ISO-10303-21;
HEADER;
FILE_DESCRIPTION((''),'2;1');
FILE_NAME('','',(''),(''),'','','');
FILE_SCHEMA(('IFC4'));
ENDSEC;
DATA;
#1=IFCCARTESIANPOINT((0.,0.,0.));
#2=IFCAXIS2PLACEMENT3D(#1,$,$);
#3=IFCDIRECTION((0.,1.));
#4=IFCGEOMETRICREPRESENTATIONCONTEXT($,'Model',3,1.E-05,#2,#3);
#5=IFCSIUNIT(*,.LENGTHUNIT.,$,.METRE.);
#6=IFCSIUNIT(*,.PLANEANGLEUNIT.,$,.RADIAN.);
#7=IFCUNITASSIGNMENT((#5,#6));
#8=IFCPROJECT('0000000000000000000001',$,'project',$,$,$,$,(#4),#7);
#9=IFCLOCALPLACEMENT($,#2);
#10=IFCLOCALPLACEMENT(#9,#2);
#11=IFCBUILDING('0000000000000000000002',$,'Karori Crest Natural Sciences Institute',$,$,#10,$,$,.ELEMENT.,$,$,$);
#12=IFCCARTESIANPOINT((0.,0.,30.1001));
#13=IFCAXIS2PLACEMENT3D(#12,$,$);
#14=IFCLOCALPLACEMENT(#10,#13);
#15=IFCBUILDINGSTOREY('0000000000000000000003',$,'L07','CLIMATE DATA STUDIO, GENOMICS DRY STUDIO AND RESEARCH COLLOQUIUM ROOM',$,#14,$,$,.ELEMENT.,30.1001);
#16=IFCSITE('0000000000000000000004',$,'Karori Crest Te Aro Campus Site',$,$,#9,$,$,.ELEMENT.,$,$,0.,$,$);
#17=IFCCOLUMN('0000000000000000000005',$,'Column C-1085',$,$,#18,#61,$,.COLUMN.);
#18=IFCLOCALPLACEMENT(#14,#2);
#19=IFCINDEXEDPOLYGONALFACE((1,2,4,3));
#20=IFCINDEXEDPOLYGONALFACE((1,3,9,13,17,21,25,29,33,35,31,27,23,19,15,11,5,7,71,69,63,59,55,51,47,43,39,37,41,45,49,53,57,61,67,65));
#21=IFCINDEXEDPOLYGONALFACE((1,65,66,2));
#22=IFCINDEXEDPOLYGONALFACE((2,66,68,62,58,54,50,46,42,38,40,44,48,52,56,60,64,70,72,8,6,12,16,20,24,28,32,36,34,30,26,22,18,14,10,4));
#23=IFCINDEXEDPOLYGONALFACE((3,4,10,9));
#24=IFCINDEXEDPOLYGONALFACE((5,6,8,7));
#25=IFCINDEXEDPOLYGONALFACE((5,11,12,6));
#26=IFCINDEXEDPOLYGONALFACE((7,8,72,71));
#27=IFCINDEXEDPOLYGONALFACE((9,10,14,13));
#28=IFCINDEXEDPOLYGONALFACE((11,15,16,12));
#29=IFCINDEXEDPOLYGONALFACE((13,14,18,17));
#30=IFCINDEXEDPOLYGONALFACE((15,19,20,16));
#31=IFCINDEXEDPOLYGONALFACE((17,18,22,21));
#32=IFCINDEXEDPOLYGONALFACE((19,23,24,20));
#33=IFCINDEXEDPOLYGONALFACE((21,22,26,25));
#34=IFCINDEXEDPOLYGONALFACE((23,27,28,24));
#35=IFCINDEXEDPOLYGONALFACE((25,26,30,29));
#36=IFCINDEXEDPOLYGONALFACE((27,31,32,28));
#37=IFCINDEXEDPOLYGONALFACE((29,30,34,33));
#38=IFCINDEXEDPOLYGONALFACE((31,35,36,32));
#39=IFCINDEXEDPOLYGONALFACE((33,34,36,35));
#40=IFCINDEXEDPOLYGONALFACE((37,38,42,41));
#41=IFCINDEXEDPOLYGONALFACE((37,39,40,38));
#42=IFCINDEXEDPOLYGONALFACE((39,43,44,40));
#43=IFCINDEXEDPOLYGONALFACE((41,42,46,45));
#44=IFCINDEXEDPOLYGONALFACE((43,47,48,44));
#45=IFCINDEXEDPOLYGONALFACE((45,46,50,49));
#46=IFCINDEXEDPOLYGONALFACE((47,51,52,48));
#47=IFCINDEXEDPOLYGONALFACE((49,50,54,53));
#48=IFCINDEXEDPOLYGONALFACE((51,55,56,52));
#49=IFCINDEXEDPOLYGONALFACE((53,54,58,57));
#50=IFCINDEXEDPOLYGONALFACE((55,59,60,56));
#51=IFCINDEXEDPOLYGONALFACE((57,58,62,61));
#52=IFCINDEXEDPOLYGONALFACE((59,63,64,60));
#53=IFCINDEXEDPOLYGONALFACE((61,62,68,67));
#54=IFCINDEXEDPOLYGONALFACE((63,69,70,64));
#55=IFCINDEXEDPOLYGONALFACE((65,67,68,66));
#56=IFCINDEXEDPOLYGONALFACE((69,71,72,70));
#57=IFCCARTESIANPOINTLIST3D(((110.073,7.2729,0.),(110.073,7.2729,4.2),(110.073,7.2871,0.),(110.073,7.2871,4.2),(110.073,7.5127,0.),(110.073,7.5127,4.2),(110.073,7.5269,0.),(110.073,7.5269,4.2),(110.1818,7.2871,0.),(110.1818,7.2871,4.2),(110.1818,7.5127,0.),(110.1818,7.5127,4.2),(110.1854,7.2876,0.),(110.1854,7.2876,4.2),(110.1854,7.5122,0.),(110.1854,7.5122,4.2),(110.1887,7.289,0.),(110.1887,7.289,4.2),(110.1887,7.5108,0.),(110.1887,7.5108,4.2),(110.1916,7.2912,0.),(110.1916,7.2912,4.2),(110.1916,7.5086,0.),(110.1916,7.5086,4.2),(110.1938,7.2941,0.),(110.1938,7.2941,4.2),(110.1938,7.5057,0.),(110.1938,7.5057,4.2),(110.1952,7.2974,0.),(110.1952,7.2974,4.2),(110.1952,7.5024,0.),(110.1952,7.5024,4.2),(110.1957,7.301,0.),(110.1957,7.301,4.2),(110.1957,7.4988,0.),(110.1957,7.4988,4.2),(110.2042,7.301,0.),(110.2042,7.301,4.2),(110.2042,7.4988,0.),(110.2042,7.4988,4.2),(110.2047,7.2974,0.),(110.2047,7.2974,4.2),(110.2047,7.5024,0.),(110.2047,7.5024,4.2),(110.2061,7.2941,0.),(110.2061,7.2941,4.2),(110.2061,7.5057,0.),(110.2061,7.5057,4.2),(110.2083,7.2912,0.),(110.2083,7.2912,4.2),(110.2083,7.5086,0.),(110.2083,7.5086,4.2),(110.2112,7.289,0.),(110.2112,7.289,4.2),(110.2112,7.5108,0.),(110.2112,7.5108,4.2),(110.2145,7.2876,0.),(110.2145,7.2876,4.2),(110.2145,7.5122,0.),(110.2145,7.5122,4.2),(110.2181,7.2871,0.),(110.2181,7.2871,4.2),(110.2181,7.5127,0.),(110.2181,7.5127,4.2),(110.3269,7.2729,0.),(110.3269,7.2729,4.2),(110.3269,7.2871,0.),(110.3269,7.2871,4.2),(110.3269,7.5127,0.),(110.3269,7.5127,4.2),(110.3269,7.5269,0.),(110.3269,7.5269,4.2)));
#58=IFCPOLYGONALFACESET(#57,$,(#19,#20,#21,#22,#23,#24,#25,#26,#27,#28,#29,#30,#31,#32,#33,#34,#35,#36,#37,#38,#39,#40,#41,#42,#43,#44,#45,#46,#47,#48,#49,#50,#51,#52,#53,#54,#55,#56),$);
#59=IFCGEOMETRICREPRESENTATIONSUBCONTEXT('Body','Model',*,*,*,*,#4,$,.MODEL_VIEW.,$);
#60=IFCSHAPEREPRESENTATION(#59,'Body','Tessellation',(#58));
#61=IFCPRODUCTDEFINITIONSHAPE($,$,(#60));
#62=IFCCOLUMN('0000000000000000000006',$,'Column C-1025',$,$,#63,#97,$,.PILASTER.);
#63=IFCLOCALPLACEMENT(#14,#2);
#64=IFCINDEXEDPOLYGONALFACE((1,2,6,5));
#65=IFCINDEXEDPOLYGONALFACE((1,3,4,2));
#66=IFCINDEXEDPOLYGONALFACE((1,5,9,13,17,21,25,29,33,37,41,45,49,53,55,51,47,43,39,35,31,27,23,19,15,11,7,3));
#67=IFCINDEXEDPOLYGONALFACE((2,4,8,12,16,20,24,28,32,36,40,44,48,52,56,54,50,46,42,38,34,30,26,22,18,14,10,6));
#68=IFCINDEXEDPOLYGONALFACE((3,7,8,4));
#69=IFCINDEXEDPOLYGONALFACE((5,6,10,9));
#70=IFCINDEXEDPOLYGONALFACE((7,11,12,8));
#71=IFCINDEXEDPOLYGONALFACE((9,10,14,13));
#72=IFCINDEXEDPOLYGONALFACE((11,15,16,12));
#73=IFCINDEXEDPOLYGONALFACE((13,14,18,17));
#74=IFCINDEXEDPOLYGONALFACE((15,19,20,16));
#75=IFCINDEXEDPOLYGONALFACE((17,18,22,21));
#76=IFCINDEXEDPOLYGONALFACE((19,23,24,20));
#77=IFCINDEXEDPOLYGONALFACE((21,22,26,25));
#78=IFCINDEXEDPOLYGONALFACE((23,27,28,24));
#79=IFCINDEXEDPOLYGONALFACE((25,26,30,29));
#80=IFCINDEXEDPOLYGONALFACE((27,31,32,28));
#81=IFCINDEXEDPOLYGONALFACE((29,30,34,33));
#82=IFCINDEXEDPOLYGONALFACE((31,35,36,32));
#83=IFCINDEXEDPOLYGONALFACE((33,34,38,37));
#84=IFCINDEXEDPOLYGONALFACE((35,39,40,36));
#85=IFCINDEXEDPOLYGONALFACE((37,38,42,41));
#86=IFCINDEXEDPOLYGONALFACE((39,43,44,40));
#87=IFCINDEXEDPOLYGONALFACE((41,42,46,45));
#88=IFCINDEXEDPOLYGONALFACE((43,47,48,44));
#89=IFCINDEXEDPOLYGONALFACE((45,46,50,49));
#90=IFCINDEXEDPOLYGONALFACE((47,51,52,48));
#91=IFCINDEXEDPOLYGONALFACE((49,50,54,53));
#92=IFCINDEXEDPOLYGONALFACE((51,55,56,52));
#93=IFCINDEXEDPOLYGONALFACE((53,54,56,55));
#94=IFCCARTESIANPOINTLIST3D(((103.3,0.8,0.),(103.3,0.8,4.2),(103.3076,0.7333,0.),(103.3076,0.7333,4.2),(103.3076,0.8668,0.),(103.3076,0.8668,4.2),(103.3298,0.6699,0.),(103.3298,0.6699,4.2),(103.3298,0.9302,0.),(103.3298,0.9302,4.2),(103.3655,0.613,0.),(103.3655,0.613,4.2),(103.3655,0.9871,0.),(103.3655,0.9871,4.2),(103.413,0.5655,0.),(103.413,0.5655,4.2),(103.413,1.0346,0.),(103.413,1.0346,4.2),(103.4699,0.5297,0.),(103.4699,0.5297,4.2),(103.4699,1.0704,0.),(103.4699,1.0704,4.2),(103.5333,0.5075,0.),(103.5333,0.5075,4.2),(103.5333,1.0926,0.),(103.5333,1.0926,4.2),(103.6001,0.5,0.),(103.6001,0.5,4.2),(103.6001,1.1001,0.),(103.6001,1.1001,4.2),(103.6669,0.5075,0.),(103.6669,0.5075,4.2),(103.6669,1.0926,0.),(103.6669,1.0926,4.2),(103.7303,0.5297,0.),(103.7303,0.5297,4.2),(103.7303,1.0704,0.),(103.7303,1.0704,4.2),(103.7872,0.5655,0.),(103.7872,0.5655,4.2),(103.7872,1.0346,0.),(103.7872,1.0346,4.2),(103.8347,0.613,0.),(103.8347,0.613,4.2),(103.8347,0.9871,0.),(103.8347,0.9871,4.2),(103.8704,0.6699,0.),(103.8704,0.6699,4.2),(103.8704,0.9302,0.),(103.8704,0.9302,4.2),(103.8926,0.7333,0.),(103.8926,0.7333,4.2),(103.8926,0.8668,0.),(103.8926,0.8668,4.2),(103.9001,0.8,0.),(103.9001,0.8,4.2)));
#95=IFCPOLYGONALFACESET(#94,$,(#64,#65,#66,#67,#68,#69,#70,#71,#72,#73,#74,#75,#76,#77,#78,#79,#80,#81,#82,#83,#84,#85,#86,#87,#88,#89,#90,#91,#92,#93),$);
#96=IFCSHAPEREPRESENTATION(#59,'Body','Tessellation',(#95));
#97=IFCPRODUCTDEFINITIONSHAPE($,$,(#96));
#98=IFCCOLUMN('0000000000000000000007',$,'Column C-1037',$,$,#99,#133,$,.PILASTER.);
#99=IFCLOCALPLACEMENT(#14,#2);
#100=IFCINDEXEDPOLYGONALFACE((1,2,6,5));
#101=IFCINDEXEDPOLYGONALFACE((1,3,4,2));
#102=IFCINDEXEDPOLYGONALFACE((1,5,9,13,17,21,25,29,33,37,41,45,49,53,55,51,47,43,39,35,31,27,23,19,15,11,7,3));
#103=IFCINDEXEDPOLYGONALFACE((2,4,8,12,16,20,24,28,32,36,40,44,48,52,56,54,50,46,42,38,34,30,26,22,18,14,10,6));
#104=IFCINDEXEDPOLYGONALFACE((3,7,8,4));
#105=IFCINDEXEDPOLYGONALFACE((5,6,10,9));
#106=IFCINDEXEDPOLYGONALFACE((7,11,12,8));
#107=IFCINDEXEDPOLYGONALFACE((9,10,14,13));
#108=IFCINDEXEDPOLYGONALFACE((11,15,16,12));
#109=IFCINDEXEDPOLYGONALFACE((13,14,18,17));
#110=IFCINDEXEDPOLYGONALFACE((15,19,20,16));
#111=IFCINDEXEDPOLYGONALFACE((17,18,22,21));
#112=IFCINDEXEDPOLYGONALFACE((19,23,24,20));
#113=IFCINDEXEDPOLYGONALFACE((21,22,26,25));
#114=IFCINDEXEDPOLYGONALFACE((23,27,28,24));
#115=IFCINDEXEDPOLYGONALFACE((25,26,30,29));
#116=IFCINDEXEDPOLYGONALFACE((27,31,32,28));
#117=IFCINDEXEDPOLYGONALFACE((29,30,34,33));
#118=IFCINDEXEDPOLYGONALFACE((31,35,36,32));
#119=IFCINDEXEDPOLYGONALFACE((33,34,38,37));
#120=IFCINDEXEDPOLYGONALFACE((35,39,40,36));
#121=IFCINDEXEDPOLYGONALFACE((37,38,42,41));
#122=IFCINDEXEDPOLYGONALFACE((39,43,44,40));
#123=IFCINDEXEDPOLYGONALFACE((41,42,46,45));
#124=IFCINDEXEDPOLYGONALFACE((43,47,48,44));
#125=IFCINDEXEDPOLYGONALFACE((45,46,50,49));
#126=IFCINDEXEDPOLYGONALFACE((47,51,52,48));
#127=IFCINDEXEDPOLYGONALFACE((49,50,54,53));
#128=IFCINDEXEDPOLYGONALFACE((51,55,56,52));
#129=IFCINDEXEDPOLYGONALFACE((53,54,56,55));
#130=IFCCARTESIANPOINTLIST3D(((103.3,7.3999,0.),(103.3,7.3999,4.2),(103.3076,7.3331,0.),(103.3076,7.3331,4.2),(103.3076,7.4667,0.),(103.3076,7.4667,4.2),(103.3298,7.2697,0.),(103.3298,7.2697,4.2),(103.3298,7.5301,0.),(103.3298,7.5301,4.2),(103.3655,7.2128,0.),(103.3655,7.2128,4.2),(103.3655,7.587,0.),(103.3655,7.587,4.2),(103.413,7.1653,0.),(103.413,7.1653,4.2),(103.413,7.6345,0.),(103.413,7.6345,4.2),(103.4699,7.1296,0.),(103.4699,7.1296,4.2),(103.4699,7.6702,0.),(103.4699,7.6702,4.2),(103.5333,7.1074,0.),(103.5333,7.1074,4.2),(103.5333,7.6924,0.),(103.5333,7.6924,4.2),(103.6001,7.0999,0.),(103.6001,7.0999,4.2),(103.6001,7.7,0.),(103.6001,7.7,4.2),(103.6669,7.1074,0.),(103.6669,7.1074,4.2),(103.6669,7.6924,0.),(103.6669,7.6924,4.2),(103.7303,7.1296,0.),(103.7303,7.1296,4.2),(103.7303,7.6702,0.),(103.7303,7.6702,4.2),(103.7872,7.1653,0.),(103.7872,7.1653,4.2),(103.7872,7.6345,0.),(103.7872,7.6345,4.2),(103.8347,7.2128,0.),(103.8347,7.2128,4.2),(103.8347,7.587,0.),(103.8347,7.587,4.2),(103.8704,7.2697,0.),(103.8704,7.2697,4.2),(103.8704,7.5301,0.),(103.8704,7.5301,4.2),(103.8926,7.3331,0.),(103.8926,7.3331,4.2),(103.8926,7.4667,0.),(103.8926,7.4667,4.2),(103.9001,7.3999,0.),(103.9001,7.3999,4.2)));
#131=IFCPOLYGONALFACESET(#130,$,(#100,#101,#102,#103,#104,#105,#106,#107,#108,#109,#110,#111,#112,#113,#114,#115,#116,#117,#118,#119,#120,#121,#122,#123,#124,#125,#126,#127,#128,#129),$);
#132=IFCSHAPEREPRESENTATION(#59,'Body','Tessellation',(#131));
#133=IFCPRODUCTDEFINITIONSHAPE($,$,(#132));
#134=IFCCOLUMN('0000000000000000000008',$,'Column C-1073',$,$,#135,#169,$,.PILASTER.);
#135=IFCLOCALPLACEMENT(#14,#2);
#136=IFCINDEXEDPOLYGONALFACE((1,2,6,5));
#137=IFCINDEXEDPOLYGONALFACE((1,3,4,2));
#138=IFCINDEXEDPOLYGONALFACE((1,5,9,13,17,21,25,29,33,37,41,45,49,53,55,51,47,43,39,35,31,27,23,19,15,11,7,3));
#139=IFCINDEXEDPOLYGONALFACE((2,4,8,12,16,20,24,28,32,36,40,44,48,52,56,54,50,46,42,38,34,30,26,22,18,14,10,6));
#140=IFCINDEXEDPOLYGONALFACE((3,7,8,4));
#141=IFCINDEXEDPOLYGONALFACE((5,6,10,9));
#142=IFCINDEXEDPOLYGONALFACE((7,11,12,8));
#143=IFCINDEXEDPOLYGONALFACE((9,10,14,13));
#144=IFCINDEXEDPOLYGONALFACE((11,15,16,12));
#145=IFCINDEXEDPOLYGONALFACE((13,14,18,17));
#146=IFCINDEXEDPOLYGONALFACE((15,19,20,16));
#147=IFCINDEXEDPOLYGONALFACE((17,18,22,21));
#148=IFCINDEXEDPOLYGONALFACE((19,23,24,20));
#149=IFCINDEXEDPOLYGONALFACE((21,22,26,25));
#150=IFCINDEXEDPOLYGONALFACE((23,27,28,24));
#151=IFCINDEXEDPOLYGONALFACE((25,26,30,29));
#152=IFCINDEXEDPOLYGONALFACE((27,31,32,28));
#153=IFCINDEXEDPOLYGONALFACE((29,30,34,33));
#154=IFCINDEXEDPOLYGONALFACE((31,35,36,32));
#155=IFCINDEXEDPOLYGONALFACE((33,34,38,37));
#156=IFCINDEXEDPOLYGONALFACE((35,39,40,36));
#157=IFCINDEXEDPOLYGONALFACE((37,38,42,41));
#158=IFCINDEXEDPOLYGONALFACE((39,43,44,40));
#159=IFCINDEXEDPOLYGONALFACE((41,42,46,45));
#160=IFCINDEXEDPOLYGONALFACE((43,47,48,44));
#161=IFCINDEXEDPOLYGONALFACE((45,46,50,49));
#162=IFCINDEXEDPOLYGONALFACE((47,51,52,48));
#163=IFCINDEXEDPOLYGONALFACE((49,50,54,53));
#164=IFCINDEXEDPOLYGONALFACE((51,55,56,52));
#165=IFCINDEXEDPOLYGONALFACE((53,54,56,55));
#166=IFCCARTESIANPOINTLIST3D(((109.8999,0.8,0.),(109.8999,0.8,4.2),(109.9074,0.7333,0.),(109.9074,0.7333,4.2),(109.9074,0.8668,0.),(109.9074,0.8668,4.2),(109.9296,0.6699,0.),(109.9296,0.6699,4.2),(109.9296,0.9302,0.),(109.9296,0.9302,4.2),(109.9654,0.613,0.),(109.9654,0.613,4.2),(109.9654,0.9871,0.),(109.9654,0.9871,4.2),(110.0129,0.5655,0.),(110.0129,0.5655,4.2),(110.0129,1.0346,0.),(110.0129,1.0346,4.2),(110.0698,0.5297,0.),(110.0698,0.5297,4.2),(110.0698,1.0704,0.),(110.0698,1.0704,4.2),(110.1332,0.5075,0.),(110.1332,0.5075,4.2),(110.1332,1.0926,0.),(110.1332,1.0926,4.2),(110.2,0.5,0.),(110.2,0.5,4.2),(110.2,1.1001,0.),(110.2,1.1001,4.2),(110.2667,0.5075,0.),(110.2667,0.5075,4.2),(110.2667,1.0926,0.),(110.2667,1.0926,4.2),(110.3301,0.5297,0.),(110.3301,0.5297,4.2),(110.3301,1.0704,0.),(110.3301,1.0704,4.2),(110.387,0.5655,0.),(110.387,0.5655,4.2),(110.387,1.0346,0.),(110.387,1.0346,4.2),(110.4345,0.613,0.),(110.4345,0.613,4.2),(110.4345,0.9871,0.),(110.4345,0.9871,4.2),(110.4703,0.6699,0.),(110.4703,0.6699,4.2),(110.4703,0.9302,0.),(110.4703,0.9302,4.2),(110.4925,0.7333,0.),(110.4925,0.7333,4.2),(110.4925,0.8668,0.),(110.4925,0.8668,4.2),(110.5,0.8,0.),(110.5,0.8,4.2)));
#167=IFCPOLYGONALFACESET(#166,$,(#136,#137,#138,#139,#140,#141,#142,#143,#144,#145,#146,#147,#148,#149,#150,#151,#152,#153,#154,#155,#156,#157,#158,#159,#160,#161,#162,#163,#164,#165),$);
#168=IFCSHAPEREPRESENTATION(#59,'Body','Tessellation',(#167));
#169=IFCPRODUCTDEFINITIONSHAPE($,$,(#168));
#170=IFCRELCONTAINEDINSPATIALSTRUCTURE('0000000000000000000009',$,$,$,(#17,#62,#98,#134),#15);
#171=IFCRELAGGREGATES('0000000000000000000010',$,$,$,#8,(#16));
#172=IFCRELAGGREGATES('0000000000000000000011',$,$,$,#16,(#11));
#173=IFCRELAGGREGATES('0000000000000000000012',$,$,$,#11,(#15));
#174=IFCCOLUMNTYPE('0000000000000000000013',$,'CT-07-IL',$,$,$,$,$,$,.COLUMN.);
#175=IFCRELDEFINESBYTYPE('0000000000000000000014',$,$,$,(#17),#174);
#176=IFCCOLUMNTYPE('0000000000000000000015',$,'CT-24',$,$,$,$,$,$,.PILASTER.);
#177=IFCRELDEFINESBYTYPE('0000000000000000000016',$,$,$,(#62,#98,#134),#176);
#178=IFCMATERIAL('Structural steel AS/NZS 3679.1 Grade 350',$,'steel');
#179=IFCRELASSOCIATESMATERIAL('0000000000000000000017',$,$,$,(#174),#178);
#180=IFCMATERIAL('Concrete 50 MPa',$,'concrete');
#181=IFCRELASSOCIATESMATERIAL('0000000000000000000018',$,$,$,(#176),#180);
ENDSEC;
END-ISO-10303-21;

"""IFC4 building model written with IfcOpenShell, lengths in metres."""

from ifc_helpers import new_model, si_unit, direction, frame, origin, origin_2d, place, context, subcontext, project, spatial, circle, i_section, extrude, material, material_profile, profile_set, type_object, element, save


model = new_model("IFC4")

# Units and contexts
model_context = context("Model", 3, precision=1e-05, world=origin(), true_north=direction((0.0, 1.0)))
body_context = subcontext(model_context, "Body", "Model", "MODEL_VIEW")
ifc_project = project(units=[si_unit("LENGTHUNIT", "METRE"), si_unit("PLANEANGLEUNIT", "RADIAN")], contexts=[model_context])

# Site, building, storey
site_placement = place(None, origin())
site = spatial("IfcSite", under=ifc_project, at=site_placement, Name="Karori Crest Te Aro Campus Site", CompositionType="ELEMENT", RefElevation=0.0)
building_placement = place(site_placement, origin())
building = spatial("IfcBuilding", under=site, at=building_placement, Name="Karori Crest Natural Sciences Institute", CompositionType="ELEMENT")
storey_placement = place(building_placement, frame((0.0, 0.0, 30.1001)))
storey = spatial("IfcBuildingStorey", under=building, at=storey_placement, Name="L07", Description="CLIMATE DATA STUDIO, GENOMICS DRY STUDIO AND RESEARCH COLLOQUIUM ROOM", CompositionType="ELEMENT", Elevation=30.1001)

# Columns
ifc_material_1 = material(Name="Structural steel AS/NZS 3679.1 Grade 350", Category="steel")
ifc_material_profile_1 = material_profile(ifc_material_1, i_section(OverallWidth=0.2539, OverallDepth=0.2539, WebThickness=0.0085, FlangeThickness=0.0142, FilletRadius=0.0139, at=origin_2d()), Name="250UC72.9")
ifc_profile_set_1 = profile_set([ifc_material_profile_1], Name="Structural steel AS/NZS 3679.1 Grade 350")
column_type_1 = type_object("IfcColumnType", Name="CT-07-IL", PredefinedType="COLUMN", material=ifc_profile_set_1)
column_placement = place(storey_placement, frame((110.2, 7.3999, 0.0), z_axis=(0.0, 0.0, 1.0), x_axis=(1.0, 0.0, 0.0)))
element("IfcColumn", 1, at=column_placement, inside=storey, type_object=column_type_1, Name="Column C-1085", PredefinedType="COLUMN", context=body_context, shape_type="SweptSolid", body=[
    extrude(i_section(OverallWidth=0.2539, OverallDepth=0.2539, WebThickness=0.0085, FlangeThickness=0.0142, FilletRadius=0.0139, at=origin_2d()), origin(), (0.0, 0.0, 1.0), 4.2),
])
ifc_material_2 = material(Name="Concrete 50 MPa", Category="concrete")
ifc_material_profile_2 = material_profile(ifc_material_2, circle(Radius=0.3, at=origin_2d()), Name="RCC600")
ifc_profile_set_2 = profile_set([ifc_material_profile_2], Name="Concrete 50 MPa")
column_type_2 = type_object("IfcColumnType", Name="CT-24", PredefinedType="PILASTER", material=ifc_profile_set_2)
for number, where, z_axis, x_axis, name in (
    (2, (103.6001, 0.8, 0.0), (0.0, 0.0, 1.0), (1.0, 0.0, 0.0), "Column C-1025"),
    (3, (103.6001, 7.3999, 0.0), (0.0, 0.0, 1.0), (1.0, 0.0, 0.0), "Column C-1037"),
    (4, (110.2, 0.8, 0.0), (0.0, 0.0, 1.0), (1.0, 0.0, 0.0), "Column C-1073"),
):
    element("IfcColumn", number, at=place(storey_placement, frame(where, z_axis=z_axis, x_axis=x_axis)), inside=storey, type_object=column_type_2, Name=name, PredefinedType="PILASTER", context=body_context, shape_type="SweptSolid", body=[
        extrude(circle(Radius=0.3, at=origin_2d()), origin(), (0.0, 0.0, 1.0), 4.2),
    ])

save(model, "model.ifc")
